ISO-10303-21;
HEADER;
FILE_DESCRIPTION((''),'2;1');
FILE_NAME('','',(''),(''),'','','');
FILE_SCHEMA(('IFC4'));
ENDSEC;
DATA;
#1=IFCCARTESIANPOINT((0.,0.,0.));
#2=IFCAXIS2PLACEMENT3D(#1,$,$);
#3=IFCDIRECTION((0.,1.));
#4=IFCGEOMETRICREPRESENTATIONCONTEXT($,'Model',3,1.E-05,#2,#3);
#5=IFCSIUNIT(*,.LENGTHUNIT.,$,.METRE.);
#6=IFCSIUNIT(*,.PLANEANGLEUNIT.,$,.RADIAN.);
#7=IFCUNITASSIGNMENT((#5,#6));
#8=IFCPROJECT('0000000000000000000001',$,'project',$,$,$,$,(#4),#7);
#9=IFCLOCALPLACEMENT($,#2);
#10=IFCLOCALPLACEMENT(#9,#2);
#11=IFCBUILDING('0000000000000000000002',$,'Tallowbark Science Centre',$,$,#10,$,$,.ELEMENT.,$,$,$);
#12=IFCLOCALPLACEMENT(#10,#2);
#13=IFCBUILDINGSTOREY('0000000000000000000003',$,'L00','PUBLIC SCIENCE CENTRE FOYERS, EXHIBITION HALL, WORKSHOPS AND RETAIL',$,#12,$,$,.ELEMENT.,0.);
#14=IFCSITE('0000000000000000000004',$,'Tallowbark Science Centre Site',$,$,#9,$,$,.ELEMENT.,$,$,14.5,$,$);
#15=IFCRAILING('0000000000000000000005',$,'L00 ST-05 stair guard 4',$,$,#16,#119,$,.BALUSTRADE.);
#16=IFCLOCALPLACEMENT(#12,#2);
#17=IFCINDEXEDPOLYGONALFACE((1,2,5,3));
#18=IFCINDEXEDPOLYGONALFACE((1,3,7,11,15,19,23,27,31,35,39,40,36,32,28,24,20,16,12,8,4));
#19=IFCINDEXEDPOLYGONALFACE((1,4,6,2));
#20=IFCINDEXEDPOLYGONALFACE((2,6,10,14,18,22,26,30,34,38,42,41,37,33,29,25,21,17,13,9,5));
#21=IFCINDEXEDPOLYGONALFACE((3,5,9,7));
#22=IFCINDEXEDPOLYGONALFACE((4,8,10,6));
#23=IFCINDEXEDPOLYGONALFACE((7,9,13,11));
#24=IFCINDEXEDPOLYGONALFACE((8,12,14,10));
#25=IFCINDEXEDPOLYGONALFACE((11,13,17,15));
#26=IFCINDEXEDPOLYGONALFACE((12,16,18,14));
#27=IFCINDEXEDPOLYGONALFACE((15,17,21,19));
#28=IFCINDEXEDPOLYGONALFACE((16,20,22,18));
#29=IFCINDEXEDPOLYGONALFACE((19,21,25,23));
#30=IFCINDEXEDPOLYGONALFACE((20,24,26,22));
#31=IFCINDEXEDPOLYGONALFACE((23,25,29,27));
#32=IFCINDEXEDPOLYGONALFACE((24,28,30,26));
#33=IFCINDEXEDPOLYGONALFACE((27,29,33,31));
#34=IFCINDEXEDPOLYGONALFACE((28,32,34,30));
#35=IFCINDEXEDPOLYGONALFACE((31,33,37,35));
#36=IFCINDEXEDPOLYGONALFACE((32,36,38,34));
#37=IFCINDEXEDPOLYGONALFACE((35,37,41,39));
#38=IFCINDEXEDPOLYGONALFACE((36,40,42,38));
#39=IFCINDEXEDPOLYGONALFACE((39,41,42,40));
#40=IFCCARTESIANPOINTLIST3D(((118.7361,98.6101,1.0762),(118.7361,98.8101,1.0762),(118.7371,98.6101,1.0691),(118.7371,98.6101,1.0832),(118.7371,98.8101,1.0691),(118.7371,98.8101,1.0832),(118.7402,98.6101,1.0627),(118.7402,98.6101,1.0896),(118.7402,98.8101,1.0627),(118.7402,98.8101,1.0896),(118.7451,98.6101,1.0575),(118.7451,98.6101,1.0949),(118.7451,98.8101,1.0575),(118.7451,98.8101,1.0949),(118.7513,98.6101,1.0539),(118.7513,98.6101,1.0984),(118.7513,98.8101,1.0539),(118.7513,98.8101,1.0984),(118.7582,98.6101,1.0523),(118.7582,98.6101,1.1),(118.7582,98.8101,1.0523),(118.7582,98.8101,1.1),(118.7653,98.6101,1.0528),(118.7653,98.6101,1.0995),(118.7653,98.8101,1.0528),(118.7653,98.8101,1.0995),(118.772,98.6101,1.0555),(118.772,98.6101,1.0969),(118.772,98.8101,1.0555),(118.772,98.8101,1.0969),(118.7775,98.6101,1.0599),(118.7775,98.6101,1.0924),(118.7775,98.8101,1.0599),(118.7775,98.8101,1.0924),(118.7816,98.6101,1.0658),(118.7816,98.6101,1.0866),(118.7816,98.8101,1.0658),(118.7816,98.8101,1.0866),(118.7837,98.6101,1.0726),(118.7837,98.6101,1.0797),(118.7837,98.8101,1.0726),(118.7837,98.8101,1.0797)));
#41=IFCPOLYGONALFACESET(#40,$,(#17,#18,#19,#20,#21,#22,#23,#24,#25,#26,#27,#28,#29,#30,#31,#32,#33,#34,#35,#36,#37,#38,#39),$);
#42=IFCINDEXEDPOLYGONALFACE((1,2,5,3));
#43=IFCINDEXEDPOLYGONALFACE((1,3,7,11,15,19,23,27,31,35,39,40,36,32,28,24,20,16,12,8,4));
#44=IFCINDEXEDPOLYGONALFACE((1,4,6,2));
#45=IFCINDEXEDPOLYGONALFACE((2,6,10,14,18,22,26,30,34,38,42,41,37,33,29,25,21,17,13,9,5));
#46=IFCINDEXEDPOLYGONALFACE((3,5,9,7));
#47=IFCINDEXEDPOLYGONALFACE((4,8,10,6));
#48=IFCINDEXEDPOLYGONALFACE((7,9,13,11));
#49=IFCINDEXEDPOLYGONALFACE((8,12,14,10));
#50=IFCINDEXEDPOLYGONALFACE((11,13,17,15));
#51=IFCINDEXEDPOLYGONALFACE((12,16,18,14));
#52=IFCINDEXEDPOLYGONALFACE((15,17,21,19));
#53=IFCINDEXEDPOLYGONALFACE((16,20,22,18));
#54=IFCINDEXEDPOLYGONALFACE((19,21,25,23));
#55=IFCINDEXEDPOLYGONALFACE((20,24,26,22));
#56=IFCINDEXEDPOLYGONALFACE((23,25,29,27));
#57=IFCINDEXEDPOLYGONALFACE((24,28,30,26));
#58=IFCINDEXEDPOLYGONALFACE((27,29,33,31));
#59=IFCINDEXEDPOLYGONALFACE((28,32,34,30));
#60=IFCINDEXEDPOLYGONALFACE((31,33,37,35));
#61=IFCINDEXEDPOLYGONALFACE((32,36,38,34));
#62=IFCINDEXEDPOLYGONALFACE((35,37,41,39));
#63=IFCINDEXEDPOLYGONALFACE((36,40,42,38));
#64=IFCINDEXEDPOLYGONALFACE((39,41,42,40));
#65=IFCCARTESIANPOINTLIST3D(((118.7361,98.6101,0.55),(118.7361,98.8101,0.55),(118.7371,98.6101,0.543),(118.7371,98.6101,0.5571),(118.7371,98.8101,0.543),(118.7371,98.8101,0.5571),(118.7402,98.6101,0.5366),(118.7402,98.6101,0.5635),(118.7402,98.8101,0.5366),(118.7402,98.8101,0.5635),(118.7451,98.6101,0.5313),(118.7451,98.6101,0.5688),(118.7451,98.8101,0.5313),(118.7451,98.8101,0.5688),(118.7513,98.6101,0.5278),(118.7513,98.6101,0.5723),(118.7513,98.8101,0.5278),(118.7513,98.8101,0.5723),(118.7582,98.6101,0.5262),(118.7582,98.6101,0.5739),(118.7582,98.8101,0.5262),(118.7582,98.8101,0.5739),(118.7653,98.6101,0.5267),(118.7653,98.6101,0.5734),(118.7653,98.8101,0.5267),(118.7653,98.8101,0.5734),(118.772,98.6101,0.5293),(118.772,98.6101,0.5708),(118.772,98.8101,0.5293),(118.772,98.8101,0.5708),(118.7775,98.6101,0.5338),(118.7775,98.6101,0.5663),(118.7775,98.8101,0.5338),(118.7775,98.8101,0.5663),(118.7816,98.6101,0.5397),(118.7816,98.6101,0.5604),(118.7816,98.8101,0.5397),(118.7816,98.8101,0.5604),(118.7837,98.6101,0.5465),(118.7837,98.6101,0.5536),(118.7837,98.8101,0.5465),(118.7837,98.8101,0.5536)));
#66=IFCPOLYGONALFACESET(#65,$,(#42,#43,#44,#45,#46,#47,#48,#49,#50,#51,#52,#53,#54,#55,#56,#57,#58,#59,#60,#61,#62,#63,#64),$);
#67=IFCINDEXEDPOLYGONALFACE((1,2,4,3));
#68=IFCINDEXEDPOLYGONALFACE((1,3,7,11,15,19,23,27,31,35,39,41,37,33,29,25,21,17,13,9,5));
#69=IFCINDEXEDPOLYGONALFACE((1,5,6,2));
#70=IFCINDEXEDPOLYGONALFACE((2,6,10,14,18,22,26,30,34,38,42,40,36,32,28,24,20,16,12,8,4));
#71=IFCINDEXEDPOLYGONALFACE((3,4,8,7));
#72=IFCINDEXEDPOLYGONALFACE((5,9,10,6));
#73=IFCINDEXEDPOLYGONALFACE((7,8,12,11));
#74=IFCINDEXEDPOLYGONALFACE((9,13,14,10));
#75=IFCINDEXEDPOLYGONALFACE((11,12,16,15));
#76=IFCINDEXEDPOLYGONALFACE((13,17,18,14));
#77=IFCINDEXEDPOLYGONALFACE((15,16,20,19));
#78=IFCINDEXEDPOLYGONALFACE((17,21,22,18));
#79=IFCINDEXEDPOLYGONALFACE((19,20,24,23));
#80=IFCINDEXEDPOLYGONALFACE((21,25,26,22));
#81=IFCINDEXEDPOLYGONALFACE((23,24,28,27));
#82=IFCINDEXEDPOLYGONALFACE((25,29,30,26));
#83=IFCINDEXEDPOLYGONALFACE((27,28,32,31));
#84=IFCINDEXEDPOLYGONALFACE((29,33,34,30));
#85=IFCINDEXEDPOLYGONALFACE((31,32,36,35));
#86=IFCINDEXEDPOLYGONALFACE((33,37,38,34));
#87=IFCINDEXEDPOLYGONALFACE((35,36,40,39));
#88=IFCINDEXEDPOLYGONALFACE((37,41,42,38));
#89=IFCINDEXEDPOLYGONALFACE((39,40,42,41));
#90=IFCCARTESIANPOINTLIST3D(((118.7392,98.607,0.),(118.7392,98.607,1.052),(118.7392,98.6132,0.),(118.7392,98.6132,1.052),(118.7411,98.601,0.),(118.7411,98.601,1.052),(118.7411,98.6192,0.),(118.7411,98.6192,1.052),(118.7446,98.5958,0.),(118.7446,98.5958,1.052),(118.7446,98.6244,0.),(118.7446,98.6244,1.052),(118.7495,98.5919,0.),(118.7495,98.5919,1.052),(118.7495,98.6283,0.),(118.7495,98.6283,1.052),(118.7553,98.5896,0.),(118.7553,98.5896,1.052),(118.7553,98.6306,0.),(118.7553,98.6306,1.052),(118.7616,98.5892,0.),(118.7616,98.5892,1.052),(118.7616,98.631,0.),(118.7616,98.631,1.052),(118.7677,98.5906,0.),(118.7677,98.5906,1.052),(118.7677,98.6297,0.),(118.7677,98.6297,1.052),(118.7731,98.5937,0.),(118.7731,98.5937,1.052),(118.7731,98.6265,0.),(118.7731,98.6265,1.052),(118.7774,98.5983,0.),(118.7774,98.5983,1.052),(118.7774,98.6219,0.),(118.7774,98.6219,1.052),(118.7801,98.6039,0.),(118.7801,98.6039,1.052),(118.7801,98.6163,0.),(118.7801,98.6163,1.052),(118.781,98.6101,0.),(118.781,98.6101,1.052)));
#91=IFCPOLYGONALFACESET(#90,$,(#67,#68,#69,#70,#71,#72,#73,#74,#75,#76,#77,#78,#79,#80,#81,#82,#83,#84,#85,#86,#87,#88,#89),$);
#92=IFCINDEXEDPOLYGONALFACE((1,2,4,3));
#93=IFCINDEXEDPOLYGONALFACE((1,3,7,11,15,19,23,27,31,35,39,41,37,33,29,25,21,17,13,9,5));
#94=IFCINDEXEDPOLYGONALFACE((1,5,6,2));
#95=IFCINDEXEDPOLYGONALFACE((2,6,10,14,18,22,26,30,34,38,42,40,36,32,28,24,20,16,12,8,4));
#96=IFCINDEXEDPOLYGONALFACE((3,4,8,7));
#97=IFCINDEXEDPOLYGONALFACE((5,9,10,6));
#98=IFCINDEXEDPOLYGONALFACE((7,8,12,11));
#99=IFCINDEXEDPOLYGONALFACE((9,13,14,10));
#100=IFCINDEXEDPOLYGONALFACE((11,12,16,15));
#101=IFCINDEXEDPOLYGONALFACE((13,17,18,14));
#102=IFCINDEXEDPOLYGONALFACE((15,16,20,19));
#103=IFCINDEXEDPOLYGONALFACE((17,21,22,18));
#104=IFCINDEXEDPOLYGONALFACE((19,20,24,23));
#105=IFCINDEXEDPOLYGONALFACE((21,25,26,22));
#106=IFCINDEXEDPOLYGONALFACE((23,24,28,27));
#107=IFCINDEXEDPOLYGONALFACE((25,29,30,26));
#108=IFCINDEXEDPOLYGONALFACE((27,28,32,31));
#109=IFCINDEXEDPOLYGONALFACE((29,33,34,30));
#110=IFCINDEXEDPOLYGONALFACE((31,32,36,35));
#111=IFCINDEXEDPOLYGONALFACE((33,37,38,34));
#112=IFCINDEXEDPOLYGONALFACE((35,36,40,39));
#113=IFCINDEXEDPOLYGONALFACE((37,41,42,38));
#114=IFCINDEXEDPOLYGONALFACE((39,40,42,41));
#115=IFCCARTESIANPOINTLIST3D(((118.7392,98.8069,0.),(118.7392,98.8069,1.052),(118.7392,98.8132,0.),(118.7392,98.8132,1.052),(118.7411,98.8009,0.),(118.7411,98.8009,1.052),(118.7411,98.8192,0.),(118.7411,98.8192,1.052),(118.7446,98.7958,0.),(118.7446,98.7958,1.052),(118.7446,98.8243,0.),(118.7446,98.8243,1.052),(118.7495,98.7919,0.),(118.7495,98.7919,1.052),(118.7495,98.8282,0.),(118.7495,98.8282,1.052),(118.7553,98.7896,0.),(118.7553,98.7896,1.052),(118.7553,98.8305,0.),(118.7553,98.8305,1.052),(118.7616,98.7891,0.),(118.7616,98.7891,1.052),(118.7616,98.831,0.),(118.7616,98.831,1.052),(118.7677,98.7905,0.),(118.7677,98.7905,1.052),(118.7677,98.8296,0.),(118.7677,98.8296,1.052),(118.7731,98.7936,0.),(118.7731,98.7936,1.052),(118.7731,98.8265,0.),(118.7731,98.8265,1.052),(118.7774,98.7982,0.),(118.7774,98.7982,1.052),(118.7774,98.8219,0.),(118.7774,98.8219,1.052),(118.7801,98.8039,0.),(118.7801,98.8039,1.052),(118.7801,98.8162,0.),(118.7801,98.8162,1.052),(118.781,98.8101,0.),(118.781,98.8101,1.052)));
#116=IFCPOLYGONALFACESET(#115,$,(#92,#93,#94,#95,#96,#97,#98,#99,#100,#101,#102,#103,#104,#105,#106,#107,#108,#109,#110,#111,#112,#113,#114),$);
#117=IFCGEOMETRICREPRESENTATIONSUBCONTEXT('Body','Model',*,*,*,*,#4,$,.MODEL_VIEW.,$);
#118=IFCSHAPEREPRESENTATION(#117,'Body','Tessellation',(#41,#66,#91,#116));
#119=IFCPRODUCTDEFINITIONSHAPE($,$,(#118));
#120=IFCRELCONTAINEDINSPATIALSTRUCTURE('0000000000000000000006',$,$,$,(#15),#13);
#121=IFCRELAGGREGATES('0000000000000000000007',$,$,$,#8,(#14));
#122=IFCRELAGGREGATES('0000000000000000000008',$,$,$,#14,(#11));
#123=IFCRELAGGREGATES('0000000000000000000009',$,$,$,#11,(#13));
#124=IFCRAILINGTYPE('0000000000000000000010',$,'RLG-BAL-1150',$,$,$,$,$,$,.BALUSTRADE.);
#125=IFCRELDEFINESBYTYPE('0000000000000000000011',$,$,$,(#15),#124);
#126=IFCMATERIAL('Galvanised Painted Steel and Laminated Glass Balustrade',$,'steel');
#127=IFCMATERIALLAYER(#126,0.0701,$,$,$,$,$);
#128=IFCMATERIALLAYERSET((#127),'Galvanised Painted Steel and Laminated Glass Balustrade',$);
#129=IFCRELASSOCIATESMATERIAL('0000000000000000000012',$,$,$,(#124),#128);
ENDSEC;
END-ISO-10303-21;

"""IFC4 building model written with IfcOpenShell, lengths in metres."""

from ifc_helpers import new_model, si_unit, direction, frame, origin, origin_2d, place, context, subcontext, project, spatial, circle, extrude, material, layer, layer_set, type_object, element, save


model = new_model("IFC4")

# Units and contexts
model_context = context("Model", 3, precision=1e-05, world=origin(), true_north=direction((0.0, 1.0)))
body_context = subcontext(model_context, "Body", "Model", "MODEL_VIEW")
ifc_project = project(units=[si_unit("LENGTHUNIT", "METRE"), si_unit("PLANEANGLEUNIT", "RADIAN")], contexts=[model_context])

# Site, building, storey
site_placement = place(None, origin())
site = spatial("IfcSite", under=ifc_project, at=site_placement, Name="Tallowbark Science Centre Site", CompositionType="ELEMENT", RefElevation=14.5)
building_placement = place(site_placement, origin())
building = spatial("IfcBuilding", under=site, at=building_placement, Name="Tallowbark Science Centre", CompositionType="ELEMENT")
storey_placement = place(building_placement, origin())
storey = spatial("IfcBuildingStorey", under=building, at=storey_placement, Name="L00", Description="PUBLIC SCIENCE CENTRE FOYERS, EXHIBITION HALL, WORKSHOPS AND RETAIL", CompositionType="ELEMENT", Elevation=0.0)

# Railing
ifc_material_1 = material(Name="Galvanised Painted Steel and Laminated Glass Balustrade", Category="steel")
ifc_layer_1 = layer(ifc_material_1, 0.0701)
ifc_layer_set_1 = layer_set([ifc_layer_1], Name="Galvanised Painted Steel and Laminated Glass Balustrade")
railing_type_1 = type_object("IfcRailingType", Name="RLG-BAL-1150", PredefinedType="BALUSTRADE", material=ifc_layer_set_1)
for number, where, name in (
    (1, (118.76, 98.6101, 0.0), "L00 ST-05 stair guard 4"),
):
    element("IfcRailing", number, at=place(storey_placement, frame(where)), inside=storey, type_object=railing_type_1, Name=name, PredefinedType="BALUSTRADE", context=body_context, shape_type="SweptSolid", body=[
        extrude(circle(Radius=0.0239, at=origin_2d()), frame((0.0, 0.0, 1.0762), z_axis=(0.0, 1.0, 0.0), x_axis=(-1.0, 0.0, 0.0)), (0.0, 0.0, 1.0), 0.2),
        extrude(circle(Radius=0.0239, at=origin_2d()), frame((0.0, 0.0, 0.55), z_axis=(0.0, 1.0, 0.0), x_axis=(-1.0, 0.0, 0.0)), (0.0, 0.0, 1.0), 0.2),
        extrude(circle(Radius=0.021, at=origin_2d()), origin(), (0.0, 0.0, 1.0), 1.052),
        extrude(circle(Radius=0.021, at=origin_2d()), frame((0.0, 0.2, 0.0)), (0.0, 0.0, 1.0), 1.052),
    ])

save(model, "model.ifc")
